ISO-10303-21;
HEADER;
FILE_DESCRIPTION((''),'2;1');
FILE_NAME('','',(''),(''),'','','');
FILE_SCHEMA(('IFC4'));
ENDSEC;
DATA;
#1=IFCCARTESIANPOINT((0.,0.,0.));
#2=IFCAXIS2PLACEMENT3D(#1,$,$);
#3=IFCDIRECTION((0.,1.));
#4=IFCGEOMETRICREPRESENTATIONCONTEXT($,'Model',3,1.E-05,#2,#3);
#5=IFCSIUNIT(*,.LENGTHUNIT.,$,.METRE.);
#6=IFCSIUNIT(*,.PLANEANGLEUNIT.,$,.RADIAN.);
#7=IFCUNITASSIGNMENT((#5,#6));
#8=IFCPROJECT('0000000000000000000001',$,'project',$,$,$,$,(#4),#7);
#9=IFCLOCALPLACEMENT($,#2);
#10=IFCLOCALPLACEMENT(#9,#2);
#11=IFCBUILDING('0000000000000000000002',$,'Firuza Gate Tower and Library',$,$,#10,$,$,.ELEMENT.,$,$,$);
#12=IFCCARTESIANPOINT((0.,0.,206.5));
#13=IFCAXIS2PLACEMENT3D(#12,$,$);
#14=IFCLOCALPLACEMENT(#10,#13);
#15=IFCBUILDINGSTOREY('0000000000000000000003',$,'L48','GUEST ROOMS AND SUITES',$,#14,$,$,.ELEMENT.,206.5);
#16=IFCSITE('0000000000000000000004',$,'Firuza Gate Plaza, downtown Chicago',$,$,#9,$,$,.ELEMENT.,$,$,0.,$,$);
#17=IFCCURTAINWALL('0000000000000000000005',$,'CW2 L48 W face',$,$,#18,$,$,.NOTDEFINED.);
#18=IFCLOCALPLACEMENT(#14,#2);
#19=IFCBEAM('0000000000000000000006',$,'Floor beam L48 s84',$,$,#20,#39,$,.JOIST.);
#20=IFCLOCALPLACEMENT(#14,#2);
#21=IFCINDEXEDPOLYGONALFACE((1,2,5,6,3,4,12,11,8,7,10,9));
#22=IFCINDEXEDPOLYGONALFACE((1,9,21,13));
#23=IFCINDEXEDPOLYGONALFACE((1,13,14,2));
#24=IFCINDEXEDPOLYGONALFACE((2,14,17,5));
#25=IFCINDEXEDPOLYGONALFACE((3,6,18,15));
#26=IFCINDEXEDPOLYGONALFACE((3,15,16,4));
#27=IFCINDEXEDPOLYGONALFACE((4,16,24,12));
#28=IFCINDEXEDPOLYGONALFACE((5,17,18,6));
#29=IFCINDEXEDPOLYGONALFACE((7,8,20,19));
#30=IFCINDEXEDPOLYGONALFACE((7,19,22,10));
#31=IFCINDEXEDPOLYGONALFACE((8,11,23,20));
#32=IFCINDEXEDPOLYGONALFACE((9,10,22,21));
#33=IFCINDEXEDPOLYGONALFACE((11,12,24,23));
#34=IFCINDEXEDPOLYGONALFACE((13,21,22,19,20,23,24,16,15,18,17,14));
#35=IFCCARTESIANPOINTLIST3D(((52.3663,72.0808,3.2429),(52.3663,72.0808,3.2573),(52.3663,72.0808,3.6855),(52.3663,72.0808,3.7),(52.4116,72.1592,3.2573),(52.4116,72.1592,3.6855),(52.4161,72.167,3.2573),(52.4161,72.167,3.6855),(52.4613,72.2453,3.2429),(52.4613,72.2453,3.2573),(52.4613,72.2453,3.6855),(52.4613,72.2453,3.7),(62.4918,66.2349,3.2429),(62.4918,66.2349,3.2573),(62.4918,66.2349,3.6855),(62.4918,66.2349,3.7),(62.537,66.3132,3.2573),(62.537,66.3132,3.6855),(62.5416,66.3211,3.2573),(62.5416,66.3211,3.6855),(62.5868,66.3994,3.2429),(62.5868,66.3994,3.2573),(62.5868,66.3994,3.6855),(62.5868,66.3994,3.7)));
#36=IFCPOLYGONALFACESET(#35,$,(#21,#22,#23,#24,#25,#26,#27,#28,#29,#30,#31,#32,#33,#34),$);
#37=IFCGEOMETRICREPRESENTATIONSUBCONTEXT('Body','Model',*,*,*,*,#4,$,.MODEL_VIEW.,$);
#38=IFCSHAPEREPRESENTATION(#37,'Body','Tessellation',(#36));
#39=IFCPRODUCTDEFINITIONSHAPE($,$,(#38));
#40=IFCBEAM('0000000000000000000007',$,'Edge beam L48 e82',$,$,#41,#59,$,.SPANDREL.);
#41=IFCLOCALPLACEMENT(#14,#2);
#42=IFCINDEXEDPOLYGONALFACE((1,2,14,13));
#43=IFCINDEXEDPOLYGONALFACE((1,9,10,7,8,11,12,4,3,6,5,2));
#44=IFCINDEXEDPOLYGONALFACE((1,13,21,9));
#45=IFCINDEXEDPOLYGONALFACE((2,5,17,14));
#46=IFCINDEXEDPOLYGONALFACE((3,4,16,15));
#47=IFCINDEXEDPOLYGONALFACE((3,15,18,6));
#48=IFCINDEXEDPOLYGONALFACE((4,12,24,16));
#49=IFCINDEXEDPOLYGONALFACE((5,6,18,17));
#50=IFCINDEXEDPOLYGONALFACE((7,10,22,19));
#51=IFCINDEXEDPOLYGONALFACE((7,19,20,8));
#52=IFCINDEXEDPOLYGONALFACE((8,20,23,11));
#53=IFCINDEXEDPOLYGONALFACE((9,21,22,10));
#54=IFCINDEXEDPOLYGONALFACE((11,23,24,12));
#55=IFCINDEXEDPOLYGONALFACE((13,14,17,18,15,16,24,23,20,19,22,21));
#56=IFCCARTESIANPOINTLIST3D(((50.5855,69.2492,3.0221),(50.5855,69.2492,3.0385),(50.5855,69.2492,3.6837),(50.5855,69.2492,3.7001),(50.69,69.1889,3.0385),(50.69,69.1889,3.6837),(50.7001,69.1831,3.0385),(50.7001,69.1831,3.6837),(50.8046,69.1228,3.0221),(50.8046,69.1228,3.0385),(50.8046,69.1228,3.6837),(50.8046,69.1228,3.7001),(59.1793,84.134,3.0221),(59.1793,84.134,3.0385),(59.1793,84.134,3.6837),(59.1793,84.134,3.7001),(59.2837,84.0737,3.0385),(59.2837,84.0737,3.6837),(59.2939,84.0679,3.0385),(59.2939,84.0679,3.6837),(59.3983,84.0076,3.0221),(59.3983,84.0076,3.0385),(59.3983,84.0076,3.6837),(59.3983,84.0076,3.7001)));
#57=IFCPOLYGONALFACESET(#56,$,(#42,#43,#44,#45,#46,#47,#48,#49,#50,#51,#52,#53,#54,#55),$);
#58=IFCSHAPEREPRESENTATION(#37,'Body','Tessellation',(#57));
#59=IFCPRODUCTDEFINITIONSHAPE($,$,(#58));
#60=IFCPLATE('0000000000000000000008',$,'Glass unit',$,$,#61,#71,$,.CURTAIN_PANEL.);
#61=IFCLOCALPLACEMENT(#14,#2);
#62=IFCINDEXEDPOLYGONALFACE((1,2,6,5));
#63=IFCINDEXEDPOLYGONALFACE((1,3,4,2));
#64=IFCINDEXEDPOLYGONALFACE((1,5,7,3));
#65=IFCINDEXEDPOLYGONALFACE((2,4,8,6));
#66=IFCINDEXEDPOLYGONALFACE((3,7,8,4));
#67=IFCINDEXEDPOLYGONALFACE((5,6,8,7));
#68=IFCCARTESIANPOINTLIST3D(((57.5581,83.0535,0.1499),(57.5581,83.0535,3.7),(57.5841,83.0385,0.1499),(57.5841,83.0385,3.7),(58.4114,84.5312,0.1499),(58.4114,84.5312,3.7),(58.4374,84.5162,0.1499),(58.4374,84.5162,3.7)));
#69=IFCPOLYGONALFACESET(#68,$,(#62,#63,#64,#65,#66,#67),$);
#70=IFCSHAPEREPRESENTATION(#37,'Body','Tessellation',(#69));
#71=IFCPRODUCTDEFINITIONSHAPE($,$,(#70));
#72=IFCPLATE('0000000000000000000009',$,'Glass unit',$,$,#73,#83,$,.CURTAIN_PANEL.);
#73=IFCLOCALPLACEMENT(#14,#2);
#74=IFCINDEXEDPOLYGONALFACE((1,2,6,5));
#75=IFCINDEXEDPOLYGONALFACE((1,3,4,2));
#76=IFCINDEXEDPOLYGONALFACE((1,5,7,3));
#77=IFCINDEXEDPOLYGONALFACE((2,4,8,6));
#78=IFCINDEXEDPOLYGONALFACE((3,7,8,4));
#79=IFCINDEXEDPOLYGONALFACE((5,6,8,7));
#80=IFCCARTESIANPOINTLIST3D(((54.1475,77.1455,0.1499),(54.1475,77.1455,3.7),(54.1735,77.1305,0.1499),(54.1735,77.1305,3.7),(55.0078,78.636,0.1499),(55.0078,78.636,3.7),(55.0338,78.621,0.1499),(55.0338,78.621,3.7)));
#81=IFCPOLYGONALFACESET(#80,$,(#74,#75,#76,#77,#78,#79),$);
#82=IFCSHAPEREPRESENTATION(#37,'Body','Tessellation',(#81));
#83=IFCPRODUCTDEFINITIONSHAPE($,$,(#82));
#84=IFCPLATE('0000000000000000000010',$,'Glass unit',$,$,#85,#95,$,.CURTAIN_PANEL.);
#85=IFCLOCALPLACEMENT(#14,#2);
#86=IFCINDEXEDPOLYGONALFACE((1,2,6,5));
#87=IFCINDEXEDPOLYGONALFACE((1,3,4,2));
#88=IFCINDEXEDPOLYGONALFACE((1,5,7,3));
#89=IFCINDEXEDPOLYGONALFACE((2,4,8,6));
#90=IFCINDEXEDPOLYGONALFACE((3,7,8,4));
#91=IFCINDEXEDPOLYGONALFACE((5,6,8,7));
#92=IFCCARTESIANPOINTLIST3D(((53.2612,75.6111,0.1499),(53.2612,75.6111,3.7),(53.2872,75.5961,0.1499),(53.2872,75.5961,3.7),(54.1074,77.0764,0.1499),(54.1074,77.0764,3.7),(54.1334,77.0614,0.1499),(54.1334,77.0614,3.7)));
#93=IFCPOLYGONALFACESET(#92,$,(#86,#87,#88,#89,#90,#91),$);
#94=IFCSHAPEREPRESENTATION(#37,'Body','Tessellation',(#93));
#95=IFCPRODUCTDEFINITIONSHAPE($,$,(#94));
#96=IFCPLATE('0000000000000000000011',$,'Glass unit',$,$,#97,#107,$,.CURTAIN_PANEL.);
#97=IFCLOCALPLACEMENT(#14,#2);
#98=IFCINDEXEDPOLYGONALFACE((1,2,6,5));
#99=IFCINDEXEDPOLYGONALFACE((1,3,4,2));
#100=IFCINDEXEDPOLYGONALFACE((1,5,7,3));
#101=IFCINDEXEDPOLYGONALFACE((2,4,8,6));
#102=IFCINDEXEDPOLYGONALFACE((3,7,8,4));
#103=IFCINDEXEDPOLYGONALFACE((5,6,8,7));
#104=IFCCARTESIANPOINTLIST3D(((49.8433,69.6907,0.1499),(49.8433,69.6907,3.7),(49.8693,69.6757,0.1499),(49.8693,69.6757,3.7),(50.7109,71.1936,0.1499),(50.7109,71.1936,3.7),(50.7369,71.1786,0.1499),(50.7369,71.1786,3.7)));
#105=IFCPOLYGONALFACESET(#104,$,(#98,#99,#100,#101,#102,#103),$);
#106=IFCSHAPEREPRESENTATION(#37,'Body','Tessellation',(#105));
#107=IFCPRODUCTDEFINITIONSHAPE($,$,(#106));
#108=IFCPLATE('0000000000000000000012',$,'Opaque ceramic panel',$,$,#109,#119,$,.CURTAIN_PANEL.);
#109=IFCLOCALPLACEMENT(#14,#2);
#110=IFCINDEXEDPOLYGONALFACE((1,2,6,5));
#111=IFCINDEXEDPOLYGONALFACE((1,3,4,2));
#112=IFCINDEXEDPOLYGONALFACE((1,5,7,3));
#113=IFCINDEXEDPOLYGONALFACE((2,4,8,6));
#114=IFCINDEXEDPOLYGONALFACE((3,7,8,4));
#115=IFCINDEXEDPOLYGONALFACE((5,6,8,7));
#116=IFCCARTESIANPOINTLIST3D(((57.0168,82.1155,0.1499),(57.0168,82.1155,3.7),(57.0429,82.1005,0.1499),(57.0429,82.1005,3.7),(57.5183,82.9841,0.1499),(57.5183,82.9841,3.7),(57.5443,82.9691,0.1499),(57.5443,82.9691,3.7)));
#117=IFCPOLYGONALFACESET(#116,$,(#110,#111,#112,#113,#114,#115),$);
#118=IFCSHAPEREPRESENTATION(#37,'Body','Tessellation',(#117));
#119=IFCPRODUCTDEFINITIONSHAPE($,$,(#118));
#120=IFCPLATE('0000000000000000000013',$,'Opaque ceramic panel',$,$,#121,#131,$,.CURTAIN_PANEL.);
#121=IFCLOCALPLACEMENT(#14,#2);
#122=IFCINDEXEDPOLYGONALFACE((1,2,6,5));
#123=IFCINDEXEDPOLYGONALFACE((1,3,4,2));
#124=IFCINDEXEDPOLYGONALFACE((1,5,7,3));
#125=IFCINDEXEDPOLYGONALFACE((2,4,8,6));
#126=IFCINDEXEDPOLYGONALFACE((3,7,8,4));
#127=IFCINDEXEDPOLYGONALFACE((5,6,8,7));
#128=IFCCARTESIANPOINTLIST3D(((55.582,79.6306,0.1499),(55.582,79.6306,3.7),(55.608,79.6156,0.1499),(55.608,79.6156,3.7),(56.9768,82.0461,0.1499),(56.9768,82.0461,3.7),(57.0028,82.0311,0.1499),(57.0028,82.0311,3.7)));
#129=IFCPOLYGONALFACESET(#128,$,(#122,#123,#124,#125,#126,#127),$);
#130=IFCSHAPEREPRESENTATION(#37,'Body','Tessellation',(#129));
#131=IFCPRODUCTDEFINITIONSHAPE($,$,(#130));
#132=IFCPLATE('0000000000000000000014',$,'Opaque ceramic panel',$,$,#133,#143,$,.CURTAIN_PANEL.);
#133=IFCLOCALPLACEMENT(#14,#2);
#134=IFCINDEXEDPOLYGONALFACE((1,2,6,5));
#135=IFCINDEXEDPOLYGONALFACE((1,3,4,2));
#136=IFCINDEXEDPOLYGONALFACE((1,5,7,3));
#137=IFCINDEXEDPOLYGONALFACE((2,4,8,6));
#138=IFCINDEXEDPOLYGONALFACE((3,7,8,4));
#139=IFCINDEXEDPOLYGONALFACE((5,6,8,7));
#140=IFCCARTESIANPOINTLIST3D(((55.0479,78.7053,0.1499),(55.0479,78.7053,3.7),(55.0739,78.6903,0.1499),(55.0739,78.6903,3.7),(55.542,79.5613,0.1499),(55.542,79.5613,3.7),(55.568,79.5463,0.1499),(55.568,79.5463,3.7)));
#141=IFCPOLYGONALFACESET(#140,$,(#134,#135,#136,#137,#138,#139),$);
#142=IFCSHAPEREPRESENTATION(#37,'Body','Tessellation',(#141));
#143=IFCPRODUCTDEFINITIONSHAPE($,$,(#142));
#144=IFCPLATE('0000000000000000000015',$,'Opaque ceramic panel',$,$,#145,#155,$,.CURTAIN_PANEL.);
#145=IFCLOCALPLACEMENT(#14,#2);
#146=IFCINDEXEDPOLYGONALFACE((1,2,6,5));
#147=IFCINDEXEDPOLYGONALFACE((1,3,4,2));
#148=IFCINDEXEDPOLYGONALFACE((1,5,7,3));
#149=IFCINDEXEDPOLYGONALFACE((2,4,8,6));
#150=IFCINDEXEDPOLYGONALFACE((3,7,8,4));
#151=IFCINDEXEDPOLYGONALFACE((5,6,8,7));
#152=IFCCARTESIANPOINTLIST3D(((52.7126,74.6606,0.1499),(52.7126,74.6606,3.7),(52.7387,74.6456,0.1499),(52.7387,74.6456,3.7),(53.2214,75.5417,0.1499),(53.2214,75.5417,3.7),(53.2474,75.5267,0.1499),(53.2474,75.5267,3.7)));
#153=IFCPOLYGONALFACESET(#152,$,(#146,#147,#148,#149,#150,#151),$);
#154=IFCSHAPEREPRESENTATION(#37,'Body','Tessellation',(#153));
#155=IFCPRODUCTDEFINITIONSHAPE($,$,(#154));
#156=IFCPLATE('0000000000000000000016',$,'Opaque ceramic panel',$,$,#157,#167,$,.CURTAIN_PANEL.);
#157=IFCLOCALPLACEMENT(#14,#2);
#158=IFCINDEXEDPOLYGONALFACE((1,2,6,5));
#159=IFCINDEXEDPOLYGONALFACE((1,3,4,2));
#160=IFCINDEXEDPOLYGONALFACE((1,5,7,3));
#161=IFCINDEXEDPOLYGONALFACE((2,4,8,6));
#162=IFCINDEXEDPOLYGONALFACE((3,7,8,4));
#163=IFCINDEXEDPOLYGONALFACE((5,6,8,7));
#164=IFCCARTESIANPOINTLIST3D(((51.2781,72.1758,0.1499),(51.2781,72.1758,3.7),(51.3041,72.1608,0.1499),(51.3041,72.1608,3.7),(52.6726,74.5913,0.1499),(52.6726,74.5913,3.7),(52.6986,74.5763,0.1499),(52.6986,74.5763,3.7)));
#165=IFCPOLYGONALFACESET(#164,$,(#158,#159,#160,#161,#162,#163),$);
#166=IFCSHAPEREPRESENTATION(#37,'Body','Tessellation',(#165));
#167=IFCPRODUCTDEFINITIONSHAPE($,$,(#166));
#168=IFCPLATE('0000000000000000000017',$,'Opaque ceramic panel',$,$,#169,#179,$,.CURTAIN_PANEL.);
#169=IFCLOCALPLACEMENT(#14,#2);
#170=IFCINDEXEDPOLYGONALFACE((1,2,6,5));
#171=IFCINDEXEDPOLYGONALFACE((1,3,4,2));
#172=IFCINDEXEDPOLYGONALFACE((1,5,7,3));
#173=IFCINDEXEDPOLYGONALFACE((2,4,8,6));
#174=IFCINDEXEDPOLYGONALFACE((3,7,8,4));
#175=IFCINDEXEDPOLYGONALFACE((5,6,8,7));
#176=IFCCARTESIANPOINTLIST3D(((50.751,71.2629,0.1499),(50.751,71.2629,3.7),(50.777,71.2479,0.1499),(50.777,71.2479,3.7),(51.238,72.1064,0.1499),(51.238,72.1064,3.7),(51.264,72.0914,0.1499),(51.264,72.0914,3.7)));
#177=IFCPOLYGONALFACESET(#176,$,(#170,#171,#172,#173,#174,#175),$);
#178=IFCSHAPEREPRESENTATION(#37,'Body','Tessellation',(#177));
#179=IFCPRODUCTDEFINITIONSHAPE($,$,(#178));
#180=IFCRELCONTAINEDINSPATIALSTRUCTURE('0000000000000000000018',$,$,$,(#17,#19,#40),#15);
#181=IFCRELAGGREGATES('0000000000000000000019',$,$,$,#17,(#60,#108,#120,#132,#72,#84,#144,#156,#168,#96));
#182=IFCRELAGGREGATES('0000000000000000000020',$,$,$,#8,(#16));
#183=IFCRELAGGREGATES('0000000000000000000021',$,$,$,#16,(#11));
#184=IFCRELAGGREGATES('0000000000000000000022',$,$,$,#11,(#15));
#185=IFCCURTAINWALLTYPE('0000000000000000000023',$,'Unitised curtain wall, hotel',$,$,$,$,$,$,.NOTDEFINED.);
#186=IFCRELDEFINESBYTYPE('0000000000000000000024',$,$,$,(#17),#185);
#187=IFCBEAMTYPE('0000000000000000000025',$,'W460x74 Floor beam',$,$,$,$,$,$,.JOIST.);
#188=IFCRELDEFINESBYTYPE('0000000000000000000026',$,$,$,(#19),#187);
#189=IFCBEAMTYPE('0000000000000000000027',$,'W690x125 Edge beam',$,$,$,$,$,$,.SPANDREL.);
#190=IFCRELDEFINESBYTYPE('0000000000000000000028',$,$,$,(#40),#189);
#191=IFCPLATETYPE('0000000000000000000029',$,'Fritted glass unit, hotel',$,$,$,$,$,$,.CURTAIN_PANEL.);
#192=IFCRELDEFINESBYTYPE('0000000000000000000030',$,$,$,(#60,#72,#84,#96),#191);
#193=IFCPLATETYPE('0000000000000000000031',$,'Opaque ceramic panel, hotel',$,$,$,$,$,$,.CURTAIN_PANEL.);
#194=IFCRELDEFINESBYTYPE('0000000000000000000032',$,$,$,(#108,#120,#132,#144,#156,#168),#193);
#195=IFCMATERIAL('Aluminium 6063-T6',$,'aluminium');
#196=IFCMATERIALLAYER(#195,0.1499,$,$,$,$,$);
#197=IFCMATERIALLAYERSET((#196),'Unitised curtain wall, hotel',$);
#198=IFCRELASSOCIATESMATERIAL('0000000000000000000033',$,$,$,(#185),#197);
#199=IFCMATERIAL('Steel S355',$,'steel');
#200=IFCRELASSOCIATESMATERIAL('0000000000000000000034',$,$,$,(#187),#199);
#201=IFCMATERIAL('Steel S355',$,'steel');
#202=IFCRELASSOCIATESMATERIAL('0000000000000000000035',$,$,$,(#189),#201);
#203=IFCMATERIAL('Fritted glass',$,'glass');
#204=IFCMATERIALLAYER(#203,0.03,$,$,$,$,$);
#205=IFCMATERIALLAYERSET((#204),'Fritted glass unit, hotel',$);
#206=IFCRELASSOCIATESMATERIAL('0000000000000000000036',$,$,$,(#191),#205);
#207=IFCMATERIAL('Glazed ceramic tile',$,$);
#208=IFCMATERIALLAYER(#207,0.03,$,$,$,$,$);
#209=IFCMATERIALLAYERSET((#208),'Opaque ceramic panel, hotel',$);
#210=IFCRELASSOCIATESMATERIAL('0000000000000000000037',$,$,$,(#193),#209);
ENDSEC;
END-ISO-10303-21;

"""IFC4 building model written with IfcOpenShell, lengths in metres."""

from ifc_helpers import new_model, si_unit, direction, frame, origin, origin_2d, place, context, subcontext, project, spatial, polyline, i_section, outline, extrude, material, layer, layer_set, material_profile, profile_set, type_object, element, aggregate, save


model = new_model("IFC4")

# Units and contexts
model_context = context("Model", 3, precision=1e-05, world=origin(), true_north=direction((0.0, 1.0)))
body_context = subcontext(model_context, "Body", "Model", "MODEL_VIEW")
ifc_project = project(units=[si_unit("LENGTHUNIT", "METRE"), si_unit("PLANEANGLEUNIT", "RADIAN")], contexts=[model_context])

# Site, building, storey
site_placement = place(None, origin())
site = spatial("IfcSite", under=ifc_project, at=site_placement, Name="Firuza Gate Plaza, downtown Chicago", CompositionType="ELEMENT", RefElevation=0.0)
building_placement = place(site_placement, origin())
building = spatial("IfcBuilding", under=site, at=building_placement, Name="Firuza Gate Tower and Library", CompositionType="ELEMENT")
storey_placement = place(building_placement, frame((0.0, 0.0, 206.5)))
storey = spatial("IfcBuildingStorey", under=building, at=storey_placement, Name="L48", Description="GUEST ROOMS AND SUITES", CompositionType="ELEMENT", Elevation=206.5)

# Curtain wall
ifc_material_1 = material(Name="Aluminium 6063-T6", Category="aluminium")
ifc_layer_1 = layer(ifc_material_1, 0.1499)
ifc_layer_set_1 = layer_set([ifc_layer_1], Name="Unitised curtain wall, hotel")
curtain_wall_type = type_object("IfcCurtainWallType", Name="Unitised curtain wall, hotel", PredefinedType="NOTDEFINED", material=ifc_layer_set_1)
curtain_wall_placement = place(storey_placement, origin())
curtain_wall = element("IfcCurtainWall", 1, at=curtain_wall_placement, inside=storey, type_object=curtain_wall_type, Name="CW2 L48 W face", PredefinedType="NOTDEFINED")

# Beams
ifc_material_2 = material(Name="Steel S355", Category="steel")
ifc_material_profile_1 = material_profile(ifc_material_2, i_section(OverallWidth=0.1899, OverallDepth=0.457, WebThickness=0.009, FlangeThickness=0.0144, at=origin_2d()))
ifc_profile_set_1 = profile_set([ifc_material_profile_1], Name="Steel S355")
beam_type_1 = type_object("IfcBeamType", Name="W460x74 Floor beam", PredefinedType="JOIST", material=ifc_profile_set_1)
beam_1_placement = place(storey_placement, frame((52.4138, 72.1631, 3.4714), z_axis=(0.866026, -0.5, 0.0), x_axis=(0.5, 0.866026, 0.0)))
element("IfcBeam", 2, at=beam_1_placement, inside=storey, type_object=beam_type_1, Name="Floor beam L48 s84", PredefinedType="JOIST", context=body_context, shape_type="SweptSolid", body=[
    extrude(i_section(OverallWidth=0.1899, OverallDepth=0.457, WebThickness=0.009, FlangeThickness=0.0144, at=origin_2d()), origin(), (0.0, 0.0, 1.0), 11.6919),
])
ifc_material_3 = material(Name="Steel S355", Category="steel")
ifc_material_profile_2 = material_profile(ifc_material_3, i_section(OverallWidth=0.2529, OverallDepth=0.678, WebThickness=0.0117, FlangeThickness=0.0164, at=origin_2d()))
ifc_profile_set_2 = profile_set([ifc_material_profile_2], Name="Steel S355")
beam_type_2 = type_object("IfcBeamType", Name="W690x125 Edge beam", PredefinedType="SPANDREL", material=ifc_profile_set_2)
beam_2_placement = place(storey_placement, frame((59.2888, 84.0708, 3.3611), z_axis=(-0.500001, -0.866025, 0.0), x_axis=(0.866025, -0.500001, 0.0)))
element("IfcBeam", 3, at=beam_2_placement, inside=storey, type_object=beam_type_2, Name="Edge beam L48 e82", PredefinedType="SPANDREL", context=body_context, shape_type="SweptSolid", body=[
    extrude(i_section(OverallWidth=0.2529, OverallDepth=0.678, WebThickness=0.0117, FlangeThickness=0.0164, at=origin_2d()), origin(), (0.0, 0.0, 1.0), 17.1875),
])

# Plates
ifc_material_4 = material(Name="Fritted glass", Category="glass")
ifc_layer_2 = layer(ifc_material_4, 0.03)
ifc_layer_set_2 = layer_set([ifc_layer_2], Name="Fritted glass unit, hotel")
plate_type_1 = type_object("IfcPlateType", Name="Fritted glass unit, hotel", PredefinedType="CURTAIN_PANEL", material=ifc_layer_set_2)
plate_1_placement = place(storey_placement, frame((58.4114, 84.5312, 0.1499), z_axis=(-0.866007, 0.500032, 0.0), x_axis=(-0.500032, -0.866007, 0.0)))
plate_1 = element("IfcPlate", 4, at=plate_1_placement, type_object=plate_type_1, Name="Glass unit", PredefinedType="CURTAIN_PANEL", context=body_context, shape_type="SweptSolid", body=[
    extrude(outline(polyline([(0.0, 0.0), (1.7064, 0.0), (1.7064, 3.55), (0.0, 3.55), (0.0, 0.0)])), origin(), (0.0, 0.0, -1.0), 0.03),
])
plate_2_placement = place(storey_placement, frame((55.0078, 78.636, 0.1499), z_axis=(-0.86607, 0.499923, 0.0), x_axis=(-0.499923, -0.86607, 0.0)))
plate_2 = element("IfcPlate", 5, at=plate_2_placement, type_object=plate_type_1, Name="Glass unit", PredefinedType="CURTAIN_PANEL", context=body_context, shape_type="SweptSolid", body=[
    extrude(outline(polyline([(0.0, 0.0), (1.721, 0.0), (1.721, 3.55), (0.0, 3.55), (0.0, 0.0)])), origin(), (0.0, 0.0, -1.0), 0.03),
])
plate_3_placement = place(storey_placement, frame((54.1074, 77.0764, 0.1499), z_axis=(-0.865979, 0.50008, 0.0), x_axis=(-0.50008, -0.865979, 0.0)))
plate_3 = element("IfcPlate", 6, at=plate_3_placement, type_object=plate_type_1, Name="Glass unit", PredefinedType="CURTAIN_PANEL", context=body_context, shape_type="SweptSolid", body=[
    extrude(outline(polyline([(0.0, 0.0), (1.6921, 0.0), (1.6921, 3.55), (0.0, 3.55), (0.0, 0.0)])), origin(), (0.0, 0.0, -1.0), 0.03),
])
plate_4_placement = place(storey_placement, frame((50.7109, 71.1936, 0.1499), z_axis=(-0.866036, 0.499982, 0.0), x_axis=(-0.499982, -0.866036, 0.0)))
plate_4 = element("IfcPlate", 7, at=plate_4_placement, type_object=plate_type_1, Name="Glass unit", PredefinedType="CURTAIN_PANEL", context=body_context, shape_type="SweptSolid", body=[
    extrude(outline(polyline([(0.0, 0.0), (1.7354, 0.0), (1.7354, 3.55), (0.0, 3.55), (0.0, 0.0)])), origin(), (0.0, 0.0, -1.0), 0.03),
])
ifc_material_5 = material(Name="Glazed ceramic tile")
ifc_layer_3 = layer(ifc_material_5, 0.03)
ifc_layer_set_3 = layer_set([ifc_layer_3], Name="Opaque ceramic panel, hotel")
plate_type_2 = type_object("IfcPlateType", Name="Opaque ceramic panel, hotel", PredefinedType="CURTAIN_PANEL", material=ifc_layer_set_3)
plate_5_placement = place(storey_placement, frame((57.5183, 82.9841, 0.1499), z_axis=(-0.866048, 0.499961, 0.0), x_axis=(-0.499961, -0.866048, 0.0)))
plate_5 = element("IfcPlate", 8, at=plate_5_placement, type_object=plate_type_2, Name="Opaque ceramic panel", PredefinedType="CURTAIN_PANEL", context=body_context, shape_type="SweptSolid", body=[
    extrude(outline(polyline([(0.0, 0.0), (1.003, 0.0), (1.003, 3.55), (0.0, 3.55), (0.0, 0.0)])), origin(), (0.0, 0.0, -1.0), 0.03),
])
plate_6_placement = place(storey_placement, frame((56.9768, 82.0461, 0.1499), z_axis=(-0.865999, 0.500046, 0.0), x_axis=(-0.500046, -0.865999, 0.0)))
plate_6 = element("IfcPlate", 9, at=plate_6_placement, type_object=plate_type_2, Name="Opaque ceramic panel", PredefinedType="CURTAIN_PANEL", context=body_context, shape_type="SweptSolid", body=[
    extrude(outline(polyline([(0.0, 0.0), (2.7893, 0.0), (2.7893, 3.55), (0.0, 3.55), (0.0, 0.0)])), origin(), (0.0, 0.0, -1.0), 0.03),
])
plate_7_placement = place(storey_placement, frame((55.542, 79.5613, 0.1499), z_axis=(-0.866046, 0.499965, 0.0), x_axis=(-0.499965, -0.866046, 0.0)))
plate_7 = element("IfcPlate", 10, at=plate_7_placement, type_object=plate_type_2, Name="Opaque ceramic panel", PredefinedType="CURTAIN_PANEL", context=body_context, shape_type="SweptSolid", body=[
    extrude(outline(polyline([(0.0, 0.0), (0.9884, 0.0), (0.9884, 3.55), (0.0, 3.55), (0.0, 0.0)])), origin(), (0.0, 0.0, -1.0), 0.03),
])
plate_8_placement = place(storey_placement, frame((53.2214, 75.5417, 0.1499), z_axis=(-0.86599, 0.500062, 0.0), x_axis=(-0.500062, -0.86599, 0.0)))
plate_8 = element("IfcPlate", 11, at=plate_8_placement, type_object=plate_type_2, Name="Opaque ceramic panel", PredefinedType="CURTAIN_PANEL", context=body_context, shape_type="SweptSolid", body=[
    extrude(outline(polyline([(0.0, 0.0), (1.0175, 0.0), (1.0175, 3.55), (0.0, 3.55), (0.0, 0.0)])), origin(), (0.0, 0.0, -1.0), 0.03),
])
plate_9_placement = place(storey_placement, frame((52.6726, 74.5913, 0.1499), z_axis=(-0.866037, 0.49998, 0.0), x_axis=(-0.49998, -0.866037, 0.0)))
plate_9 = element("IfcPlate", 12, at=plate_9_placement, type_object=plate_type_2, Name="Opaque ceramic panel", PredefinedType="CURTAIN_PANEL", context=body_context, shape_type="SweptSolid", body=[
    extrude(outline(polyline([(0.0, 0.0), (2.7892, 0.0), (2.7892, 3.55), (0.0, 3.55), (0.0, 0.0)])), origin(), (0.0, 0.0, -1.0), 0.03),
])
plate_10_placement = place(storey_placement, frame((51.238, 72.1064, 0.1499), z_axis=(-0.865998, 0.500048, 0.0), x_axis=(-0.500048, -0.865998, 0.0)))
plate_10 = element("IfcPlate", 13, at=plate_10_placement, type_object=plate_type_2, Name="Opaque ceramic panel", PredefinedType="CURTAIN_PANEL", context=body_context, shape_type="SweptSolid", body=[
    extrude(outline(polyline([(0.0, 0.0), (0.974, 0.0), (0.974, 3.55), (0.0, 3.55), (0.0, 0.0)])), origin(), (0.0, 0.0, -1.0), 0.03),
])
aggregate(curtain_wall, [plate_1, plate_5, plate_6, plate_7, plate_2, plate_3, plate_8, plate_9, plate_10, plate_4])

save(model, "model.ifc")
